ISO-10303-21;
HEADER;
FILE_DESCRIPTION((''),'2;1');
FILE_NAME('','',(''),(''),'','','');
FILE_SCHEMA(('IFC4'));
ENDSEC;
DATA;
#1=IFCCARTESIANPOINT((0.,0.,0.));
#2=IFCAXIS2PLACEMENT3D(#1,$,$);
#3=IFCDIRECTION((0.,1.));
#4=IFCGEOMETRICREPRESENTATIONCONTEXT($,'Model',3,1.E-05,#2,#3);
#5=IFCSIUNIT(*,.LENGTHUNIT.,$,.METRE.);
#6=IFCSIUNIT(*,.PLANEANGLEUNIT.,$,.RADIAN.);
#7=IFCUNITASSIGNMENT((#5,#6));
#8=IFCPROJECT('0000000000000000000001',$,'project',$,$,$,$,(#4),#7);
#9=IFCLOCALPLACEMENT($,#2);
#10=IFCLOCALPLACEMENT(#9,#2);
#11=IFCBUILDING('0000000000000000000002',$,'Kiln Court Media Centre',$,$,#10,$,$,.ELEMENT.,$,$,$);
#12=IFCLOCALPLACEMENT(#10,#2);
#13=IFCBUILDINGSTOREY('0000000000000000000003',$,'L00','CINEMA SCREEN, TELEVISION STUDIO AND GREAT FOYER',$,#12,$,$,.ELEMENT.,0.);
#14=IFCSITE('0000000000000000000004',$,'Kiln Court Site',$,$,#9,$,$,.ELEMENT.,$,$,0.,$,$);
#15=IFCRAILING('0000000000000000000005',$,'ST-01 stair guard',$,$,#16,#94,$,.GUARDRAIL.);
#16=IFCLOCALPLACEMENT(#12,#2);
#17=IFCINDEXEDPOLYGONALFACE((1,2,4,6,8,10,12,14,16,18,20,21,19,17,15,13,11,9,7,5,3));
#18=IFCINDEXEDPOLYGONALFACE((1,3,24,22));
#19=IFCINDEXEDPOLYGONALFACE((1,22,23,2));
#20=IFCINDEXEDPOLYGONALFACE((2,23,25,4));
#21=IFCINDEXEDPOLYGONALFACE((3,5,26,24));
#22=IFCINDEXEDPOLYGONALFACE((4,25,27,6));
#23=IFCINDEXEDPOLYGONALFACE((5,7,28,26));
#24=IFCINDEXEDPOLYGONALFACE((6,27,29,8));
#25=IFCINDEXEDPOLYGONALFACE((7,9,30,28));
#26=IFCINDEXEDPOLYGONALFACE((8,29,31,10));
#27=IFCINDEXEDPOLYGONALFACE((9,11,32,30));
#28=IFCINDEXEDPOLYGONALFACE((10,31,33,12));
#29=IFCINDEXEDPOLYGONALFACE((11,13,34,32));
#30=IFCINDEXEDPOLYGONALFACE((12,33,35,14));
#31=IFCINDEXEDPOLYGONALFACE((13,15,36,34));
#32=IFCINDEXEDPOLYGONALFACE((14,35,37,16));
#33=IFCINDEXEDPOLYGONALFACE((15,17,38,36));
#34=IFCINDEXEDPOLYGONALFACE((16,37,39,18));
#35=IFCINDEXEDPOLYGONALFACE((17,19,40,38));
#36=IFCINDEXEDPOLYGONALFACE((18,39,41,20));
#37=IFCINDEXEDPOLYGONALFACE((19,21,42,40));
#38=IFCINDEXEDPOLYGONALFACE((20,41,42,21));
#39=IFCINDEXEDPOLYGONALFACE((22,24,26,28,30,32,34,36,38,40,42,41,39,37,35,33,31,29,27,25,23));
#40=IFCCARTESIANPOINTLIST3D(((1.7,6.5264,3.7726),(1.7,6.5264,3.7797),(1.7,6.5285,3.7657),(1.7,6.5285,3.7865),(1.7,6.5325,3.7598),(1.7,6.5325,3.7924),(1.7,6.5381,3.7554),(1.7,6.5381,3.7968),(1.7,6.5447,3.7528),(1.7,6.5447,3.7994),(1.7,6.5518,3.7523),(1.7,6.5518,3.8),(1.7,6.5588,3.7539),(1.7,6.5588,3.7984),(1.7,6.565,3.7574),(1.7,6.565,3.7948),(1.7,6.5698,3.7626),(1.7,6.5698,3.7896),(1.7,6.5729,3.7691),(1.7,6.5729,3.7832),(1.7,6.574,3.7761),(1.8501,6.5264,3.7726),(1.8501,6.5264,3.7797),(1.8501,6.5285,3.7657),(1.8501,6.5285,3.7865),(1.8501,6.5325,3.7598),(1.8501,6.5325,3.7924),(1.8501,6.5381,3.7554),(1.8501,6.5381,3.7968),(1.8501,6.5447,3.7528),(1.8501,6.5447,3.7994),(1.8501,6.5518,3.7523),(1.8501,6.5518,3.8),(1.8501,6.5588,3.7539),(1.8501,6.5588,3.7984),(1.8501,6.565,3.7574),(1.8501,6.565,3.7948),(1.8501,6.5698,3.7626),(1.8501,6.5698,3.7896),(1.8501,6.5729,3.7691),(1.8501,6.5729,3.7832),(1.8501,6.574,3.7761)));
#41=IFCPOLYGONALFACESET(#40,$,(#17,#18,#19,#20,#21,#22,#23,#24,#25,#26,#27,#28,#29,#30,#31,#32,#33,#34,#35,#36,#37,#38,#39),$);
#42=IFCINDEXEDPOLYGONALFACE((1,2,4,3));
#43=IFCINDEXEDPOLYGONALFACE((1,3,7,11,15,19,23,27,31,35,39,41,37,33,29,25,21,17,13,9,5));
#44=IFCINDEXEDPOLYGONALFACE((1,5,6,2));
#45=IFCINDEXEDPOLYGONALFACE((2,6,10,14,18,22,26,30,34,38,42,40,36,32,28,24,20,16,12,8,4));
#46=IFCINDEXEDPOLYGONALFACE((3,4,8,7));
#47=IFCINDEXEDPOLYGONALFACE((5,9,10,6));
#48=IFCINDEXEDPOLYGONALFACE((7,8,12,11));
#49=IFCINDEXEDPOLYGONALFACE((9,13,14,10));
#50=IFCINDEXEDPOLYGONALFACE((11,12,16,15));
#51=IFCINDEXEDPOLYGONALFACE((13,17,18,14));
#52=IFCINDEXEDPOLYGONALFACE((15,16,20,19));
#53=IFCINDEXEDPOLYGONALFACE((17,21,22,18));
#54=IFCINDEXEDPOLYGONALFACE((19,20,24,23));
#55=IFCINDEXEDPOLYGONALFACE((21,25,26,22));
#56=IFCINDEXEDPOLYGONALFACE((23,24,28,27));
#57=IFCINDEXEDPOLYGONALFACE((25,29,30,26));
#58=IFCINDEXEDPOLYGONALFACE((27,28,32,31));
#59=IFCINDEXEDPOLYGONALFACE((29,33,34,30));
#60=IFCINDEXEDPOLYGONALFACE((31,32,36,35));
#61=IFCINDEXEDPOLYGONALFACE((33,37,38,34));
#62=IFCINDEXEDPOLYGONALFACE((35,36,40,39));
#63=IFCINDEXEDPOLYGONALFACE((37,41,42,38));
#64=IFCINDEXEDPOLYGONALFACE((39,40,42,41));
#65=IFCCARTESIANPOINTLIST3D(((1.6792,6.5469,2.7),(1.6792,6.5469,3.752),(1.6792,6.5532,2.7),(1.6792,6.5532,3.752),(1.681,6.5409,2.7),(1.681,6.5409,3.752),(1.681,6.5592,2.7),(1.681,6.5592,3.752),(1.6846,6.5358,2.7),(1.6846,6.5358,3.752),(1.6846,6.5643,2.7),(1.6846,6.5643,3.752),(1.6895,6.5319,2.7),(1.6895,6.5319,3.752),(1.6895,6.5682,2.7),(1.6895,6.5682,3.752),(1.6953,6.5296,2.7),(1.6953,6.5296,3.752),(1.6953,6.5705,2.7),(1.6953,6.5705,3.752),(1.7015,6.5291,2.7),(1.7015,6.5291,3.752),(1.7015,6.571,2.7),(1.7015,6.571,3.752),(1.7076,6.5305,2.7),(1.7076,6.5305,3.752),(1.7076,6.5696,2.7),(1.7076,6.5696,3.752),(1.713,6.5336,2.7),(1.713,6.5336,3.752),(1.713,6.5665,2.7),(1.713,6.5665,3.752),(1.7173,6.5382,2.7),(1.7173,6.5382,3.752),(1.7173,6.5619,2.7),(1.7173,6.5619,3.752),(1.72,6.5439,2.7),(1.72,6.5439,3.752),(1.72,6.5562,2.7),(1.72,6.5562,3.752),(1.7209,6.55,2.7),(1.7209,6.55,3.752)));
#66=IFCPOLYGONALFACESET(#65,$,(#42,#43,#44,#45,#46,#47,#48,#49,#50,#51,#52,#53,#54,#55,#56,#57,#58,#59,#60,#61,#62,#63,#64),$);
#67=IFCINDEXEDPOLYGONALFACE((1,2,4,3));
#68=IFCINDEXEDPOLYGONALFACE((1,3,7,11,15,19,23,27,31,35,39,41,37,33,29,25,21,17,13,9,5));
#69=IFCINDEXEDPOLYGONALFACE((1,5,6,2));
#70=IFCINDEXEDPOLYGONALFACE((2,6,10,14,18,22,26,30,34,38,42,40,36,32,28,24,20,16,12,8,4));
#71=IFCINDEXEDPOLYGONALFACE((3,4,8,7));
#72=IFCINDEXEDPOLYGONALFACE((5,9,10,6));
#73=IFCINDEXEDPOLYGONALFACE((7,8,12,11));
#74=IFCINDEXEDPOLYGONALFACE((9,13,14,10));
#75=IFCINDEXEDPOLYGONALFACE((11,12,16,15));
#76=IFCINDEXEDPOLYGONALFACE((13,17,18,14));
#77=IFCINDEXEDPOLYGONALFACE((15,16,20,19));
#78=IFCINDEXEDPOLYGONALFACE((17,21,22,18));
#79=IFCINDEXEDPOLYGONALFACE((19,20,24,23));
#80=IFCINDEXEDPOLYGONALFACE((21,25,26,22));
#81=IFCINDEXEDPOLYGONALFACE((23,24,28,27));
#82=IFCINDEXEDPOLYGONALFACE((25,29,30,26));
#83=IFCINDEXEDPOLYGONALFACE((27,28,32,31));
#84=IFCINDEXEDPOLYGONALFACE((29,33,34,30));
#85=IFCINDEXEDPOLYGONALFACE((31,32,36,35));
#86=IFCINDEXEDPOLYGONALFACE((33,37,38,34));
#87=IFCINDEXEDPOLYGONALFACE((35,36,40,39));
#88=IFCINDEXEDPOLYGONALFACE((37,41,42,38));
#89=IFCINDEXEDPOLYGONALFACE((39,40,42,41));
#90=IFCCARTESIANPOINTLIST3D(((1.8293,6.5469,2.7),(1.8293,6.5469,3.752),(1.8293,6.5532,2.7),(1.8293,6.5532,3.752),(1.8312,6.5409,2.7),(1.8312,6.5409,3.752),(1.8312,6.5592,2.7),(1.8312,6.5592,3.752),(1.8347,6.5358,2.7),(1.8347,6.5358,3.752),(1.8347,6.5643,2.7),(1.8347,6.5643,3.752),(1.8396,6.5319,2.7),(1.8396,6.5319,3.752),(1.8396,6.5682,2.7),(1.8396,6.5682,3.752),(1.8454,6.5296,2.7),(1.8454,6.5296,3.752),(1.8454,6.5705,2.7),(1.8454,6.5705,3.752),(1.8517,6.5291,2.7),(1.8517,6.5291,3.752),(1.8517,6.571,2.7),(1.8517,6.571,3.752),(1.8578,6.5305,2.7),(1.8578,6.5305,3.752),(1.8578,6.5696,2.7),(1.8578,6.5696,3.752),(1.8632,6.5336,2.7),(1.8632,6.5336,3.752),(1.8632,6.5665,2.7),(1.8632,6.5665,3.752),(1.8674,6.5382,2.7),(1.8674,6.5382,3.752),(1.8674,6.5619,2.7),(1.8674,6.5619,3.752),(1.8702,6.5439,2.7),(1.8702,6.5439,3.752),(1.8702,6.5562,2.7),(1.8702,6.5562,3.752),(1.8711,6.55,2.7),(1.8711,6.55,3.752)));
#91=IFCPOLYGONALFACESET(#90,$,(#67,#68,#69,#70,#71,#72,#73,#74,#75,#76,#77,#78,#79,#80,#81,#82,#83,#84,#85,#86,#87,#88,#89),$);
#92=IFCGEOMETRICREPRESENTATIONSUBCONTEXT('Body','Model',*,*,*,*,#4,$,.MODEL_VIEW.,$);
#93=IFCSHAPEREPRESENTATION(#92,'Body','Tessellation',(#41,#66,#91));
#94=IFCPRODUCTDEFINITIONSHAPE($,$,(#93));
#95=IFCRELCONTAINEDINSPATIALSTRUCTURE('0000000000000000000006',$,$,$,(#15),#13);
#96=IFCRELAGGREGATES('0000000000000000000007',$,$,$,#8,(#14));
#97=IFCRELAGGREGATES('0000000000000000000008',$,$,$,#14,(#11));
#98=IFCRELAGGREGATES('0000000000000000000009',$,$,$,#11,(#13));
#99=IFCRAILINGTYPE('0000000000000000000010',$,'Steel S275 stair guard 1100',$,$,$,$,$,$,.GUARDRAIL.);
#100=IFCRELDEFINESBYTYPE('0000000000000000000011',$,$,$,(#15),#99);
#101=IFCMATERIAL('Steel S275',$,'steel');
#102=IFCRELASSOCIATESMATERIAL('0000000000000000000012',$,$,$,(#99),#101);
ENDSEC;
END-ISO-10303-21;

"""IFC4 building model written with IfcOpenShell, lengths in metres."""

from ifc_helpers import new_model, si_unit, direction, frame, origin, origin_2d, place, context, subcontext, project, spatial, circle, extrude, material, type_object, element, save


model = new_model("IFC4")

# Units and contexts
model_context = context("Model", 3, precision=1e-05, world=origin(), true_north=direction((0.0, 1.0)))
body_context = subcontext(model_context, "Body", "Model", "MODEL_VIEW")
ifc_project = project(units=[si_unit("LENGTHUNIT", "METRE"), si_unit("PLANEANGLEUNIT", "RADIAN")], contexts=[model_context])

# Site, building, storey
site_placement = place(None, origin())
site = spatial("IfcSite", under=ifc_project, at=site_placement, Name="Kiln Court Site", CompositionType="ELEMENT", RefElevation=0.0)
building_placement = place(site_placement, origin())
building = spatial("IfcBuilding", under=site, at=building_placement, Name="Kiln Court Media Centre", CompositionType="ELEMENT")
storey_placement = place(building_placement, origin())
storey = spatial("IfcBuildingStorey", under=building, at=storey_placement, Name="L00", Description="CINEMA SCREEN, TELEVISION STUDIO AND GREAT FOYER", CompositionType="ELEMENT", Elevation=0.0)

# Railing
ifc_material_1 = material(Name="Steel S275", Category="steel")
railing_type_1 = type_object("IfcRailingType", Name="Steel S275 stair guard 1100", PredefinedType="GUARDRAIL", material=ifc_material_1)
railing_1_placement = place(storey_placement, frame((1.7, 6.55, 2.7)))
element("IfcRailing", 1, at=railing_1_placement, inside=storey, type_object=railing_type_1, Name="ST-01 stair guard", PredefinedType="GUARDRAIL", context=body_context, shape_type="SweptSolid", body=[
    extrude(circle(Radius=0.0239, at=origin_2d()), frame((0.0, 0.0, 1.0762), z_axis=(1.0, 0.0, 0.0), x_axis=(0.0, 1.0, 0.0)), (0.0, 0.0, 1.0), 0.1501),
    extrude(circle(Radius=0.021, at=origin_2d()), origin(), (0.0, 0.0, 1.0), 1.052),
    extrude(circle(Radius=0.021, at=origin_2d()), frame((0.1501, 0.0, 0.0)), (0.0, 0.0, 1.0), 1.052),
])

save(model, "model.ifc")
